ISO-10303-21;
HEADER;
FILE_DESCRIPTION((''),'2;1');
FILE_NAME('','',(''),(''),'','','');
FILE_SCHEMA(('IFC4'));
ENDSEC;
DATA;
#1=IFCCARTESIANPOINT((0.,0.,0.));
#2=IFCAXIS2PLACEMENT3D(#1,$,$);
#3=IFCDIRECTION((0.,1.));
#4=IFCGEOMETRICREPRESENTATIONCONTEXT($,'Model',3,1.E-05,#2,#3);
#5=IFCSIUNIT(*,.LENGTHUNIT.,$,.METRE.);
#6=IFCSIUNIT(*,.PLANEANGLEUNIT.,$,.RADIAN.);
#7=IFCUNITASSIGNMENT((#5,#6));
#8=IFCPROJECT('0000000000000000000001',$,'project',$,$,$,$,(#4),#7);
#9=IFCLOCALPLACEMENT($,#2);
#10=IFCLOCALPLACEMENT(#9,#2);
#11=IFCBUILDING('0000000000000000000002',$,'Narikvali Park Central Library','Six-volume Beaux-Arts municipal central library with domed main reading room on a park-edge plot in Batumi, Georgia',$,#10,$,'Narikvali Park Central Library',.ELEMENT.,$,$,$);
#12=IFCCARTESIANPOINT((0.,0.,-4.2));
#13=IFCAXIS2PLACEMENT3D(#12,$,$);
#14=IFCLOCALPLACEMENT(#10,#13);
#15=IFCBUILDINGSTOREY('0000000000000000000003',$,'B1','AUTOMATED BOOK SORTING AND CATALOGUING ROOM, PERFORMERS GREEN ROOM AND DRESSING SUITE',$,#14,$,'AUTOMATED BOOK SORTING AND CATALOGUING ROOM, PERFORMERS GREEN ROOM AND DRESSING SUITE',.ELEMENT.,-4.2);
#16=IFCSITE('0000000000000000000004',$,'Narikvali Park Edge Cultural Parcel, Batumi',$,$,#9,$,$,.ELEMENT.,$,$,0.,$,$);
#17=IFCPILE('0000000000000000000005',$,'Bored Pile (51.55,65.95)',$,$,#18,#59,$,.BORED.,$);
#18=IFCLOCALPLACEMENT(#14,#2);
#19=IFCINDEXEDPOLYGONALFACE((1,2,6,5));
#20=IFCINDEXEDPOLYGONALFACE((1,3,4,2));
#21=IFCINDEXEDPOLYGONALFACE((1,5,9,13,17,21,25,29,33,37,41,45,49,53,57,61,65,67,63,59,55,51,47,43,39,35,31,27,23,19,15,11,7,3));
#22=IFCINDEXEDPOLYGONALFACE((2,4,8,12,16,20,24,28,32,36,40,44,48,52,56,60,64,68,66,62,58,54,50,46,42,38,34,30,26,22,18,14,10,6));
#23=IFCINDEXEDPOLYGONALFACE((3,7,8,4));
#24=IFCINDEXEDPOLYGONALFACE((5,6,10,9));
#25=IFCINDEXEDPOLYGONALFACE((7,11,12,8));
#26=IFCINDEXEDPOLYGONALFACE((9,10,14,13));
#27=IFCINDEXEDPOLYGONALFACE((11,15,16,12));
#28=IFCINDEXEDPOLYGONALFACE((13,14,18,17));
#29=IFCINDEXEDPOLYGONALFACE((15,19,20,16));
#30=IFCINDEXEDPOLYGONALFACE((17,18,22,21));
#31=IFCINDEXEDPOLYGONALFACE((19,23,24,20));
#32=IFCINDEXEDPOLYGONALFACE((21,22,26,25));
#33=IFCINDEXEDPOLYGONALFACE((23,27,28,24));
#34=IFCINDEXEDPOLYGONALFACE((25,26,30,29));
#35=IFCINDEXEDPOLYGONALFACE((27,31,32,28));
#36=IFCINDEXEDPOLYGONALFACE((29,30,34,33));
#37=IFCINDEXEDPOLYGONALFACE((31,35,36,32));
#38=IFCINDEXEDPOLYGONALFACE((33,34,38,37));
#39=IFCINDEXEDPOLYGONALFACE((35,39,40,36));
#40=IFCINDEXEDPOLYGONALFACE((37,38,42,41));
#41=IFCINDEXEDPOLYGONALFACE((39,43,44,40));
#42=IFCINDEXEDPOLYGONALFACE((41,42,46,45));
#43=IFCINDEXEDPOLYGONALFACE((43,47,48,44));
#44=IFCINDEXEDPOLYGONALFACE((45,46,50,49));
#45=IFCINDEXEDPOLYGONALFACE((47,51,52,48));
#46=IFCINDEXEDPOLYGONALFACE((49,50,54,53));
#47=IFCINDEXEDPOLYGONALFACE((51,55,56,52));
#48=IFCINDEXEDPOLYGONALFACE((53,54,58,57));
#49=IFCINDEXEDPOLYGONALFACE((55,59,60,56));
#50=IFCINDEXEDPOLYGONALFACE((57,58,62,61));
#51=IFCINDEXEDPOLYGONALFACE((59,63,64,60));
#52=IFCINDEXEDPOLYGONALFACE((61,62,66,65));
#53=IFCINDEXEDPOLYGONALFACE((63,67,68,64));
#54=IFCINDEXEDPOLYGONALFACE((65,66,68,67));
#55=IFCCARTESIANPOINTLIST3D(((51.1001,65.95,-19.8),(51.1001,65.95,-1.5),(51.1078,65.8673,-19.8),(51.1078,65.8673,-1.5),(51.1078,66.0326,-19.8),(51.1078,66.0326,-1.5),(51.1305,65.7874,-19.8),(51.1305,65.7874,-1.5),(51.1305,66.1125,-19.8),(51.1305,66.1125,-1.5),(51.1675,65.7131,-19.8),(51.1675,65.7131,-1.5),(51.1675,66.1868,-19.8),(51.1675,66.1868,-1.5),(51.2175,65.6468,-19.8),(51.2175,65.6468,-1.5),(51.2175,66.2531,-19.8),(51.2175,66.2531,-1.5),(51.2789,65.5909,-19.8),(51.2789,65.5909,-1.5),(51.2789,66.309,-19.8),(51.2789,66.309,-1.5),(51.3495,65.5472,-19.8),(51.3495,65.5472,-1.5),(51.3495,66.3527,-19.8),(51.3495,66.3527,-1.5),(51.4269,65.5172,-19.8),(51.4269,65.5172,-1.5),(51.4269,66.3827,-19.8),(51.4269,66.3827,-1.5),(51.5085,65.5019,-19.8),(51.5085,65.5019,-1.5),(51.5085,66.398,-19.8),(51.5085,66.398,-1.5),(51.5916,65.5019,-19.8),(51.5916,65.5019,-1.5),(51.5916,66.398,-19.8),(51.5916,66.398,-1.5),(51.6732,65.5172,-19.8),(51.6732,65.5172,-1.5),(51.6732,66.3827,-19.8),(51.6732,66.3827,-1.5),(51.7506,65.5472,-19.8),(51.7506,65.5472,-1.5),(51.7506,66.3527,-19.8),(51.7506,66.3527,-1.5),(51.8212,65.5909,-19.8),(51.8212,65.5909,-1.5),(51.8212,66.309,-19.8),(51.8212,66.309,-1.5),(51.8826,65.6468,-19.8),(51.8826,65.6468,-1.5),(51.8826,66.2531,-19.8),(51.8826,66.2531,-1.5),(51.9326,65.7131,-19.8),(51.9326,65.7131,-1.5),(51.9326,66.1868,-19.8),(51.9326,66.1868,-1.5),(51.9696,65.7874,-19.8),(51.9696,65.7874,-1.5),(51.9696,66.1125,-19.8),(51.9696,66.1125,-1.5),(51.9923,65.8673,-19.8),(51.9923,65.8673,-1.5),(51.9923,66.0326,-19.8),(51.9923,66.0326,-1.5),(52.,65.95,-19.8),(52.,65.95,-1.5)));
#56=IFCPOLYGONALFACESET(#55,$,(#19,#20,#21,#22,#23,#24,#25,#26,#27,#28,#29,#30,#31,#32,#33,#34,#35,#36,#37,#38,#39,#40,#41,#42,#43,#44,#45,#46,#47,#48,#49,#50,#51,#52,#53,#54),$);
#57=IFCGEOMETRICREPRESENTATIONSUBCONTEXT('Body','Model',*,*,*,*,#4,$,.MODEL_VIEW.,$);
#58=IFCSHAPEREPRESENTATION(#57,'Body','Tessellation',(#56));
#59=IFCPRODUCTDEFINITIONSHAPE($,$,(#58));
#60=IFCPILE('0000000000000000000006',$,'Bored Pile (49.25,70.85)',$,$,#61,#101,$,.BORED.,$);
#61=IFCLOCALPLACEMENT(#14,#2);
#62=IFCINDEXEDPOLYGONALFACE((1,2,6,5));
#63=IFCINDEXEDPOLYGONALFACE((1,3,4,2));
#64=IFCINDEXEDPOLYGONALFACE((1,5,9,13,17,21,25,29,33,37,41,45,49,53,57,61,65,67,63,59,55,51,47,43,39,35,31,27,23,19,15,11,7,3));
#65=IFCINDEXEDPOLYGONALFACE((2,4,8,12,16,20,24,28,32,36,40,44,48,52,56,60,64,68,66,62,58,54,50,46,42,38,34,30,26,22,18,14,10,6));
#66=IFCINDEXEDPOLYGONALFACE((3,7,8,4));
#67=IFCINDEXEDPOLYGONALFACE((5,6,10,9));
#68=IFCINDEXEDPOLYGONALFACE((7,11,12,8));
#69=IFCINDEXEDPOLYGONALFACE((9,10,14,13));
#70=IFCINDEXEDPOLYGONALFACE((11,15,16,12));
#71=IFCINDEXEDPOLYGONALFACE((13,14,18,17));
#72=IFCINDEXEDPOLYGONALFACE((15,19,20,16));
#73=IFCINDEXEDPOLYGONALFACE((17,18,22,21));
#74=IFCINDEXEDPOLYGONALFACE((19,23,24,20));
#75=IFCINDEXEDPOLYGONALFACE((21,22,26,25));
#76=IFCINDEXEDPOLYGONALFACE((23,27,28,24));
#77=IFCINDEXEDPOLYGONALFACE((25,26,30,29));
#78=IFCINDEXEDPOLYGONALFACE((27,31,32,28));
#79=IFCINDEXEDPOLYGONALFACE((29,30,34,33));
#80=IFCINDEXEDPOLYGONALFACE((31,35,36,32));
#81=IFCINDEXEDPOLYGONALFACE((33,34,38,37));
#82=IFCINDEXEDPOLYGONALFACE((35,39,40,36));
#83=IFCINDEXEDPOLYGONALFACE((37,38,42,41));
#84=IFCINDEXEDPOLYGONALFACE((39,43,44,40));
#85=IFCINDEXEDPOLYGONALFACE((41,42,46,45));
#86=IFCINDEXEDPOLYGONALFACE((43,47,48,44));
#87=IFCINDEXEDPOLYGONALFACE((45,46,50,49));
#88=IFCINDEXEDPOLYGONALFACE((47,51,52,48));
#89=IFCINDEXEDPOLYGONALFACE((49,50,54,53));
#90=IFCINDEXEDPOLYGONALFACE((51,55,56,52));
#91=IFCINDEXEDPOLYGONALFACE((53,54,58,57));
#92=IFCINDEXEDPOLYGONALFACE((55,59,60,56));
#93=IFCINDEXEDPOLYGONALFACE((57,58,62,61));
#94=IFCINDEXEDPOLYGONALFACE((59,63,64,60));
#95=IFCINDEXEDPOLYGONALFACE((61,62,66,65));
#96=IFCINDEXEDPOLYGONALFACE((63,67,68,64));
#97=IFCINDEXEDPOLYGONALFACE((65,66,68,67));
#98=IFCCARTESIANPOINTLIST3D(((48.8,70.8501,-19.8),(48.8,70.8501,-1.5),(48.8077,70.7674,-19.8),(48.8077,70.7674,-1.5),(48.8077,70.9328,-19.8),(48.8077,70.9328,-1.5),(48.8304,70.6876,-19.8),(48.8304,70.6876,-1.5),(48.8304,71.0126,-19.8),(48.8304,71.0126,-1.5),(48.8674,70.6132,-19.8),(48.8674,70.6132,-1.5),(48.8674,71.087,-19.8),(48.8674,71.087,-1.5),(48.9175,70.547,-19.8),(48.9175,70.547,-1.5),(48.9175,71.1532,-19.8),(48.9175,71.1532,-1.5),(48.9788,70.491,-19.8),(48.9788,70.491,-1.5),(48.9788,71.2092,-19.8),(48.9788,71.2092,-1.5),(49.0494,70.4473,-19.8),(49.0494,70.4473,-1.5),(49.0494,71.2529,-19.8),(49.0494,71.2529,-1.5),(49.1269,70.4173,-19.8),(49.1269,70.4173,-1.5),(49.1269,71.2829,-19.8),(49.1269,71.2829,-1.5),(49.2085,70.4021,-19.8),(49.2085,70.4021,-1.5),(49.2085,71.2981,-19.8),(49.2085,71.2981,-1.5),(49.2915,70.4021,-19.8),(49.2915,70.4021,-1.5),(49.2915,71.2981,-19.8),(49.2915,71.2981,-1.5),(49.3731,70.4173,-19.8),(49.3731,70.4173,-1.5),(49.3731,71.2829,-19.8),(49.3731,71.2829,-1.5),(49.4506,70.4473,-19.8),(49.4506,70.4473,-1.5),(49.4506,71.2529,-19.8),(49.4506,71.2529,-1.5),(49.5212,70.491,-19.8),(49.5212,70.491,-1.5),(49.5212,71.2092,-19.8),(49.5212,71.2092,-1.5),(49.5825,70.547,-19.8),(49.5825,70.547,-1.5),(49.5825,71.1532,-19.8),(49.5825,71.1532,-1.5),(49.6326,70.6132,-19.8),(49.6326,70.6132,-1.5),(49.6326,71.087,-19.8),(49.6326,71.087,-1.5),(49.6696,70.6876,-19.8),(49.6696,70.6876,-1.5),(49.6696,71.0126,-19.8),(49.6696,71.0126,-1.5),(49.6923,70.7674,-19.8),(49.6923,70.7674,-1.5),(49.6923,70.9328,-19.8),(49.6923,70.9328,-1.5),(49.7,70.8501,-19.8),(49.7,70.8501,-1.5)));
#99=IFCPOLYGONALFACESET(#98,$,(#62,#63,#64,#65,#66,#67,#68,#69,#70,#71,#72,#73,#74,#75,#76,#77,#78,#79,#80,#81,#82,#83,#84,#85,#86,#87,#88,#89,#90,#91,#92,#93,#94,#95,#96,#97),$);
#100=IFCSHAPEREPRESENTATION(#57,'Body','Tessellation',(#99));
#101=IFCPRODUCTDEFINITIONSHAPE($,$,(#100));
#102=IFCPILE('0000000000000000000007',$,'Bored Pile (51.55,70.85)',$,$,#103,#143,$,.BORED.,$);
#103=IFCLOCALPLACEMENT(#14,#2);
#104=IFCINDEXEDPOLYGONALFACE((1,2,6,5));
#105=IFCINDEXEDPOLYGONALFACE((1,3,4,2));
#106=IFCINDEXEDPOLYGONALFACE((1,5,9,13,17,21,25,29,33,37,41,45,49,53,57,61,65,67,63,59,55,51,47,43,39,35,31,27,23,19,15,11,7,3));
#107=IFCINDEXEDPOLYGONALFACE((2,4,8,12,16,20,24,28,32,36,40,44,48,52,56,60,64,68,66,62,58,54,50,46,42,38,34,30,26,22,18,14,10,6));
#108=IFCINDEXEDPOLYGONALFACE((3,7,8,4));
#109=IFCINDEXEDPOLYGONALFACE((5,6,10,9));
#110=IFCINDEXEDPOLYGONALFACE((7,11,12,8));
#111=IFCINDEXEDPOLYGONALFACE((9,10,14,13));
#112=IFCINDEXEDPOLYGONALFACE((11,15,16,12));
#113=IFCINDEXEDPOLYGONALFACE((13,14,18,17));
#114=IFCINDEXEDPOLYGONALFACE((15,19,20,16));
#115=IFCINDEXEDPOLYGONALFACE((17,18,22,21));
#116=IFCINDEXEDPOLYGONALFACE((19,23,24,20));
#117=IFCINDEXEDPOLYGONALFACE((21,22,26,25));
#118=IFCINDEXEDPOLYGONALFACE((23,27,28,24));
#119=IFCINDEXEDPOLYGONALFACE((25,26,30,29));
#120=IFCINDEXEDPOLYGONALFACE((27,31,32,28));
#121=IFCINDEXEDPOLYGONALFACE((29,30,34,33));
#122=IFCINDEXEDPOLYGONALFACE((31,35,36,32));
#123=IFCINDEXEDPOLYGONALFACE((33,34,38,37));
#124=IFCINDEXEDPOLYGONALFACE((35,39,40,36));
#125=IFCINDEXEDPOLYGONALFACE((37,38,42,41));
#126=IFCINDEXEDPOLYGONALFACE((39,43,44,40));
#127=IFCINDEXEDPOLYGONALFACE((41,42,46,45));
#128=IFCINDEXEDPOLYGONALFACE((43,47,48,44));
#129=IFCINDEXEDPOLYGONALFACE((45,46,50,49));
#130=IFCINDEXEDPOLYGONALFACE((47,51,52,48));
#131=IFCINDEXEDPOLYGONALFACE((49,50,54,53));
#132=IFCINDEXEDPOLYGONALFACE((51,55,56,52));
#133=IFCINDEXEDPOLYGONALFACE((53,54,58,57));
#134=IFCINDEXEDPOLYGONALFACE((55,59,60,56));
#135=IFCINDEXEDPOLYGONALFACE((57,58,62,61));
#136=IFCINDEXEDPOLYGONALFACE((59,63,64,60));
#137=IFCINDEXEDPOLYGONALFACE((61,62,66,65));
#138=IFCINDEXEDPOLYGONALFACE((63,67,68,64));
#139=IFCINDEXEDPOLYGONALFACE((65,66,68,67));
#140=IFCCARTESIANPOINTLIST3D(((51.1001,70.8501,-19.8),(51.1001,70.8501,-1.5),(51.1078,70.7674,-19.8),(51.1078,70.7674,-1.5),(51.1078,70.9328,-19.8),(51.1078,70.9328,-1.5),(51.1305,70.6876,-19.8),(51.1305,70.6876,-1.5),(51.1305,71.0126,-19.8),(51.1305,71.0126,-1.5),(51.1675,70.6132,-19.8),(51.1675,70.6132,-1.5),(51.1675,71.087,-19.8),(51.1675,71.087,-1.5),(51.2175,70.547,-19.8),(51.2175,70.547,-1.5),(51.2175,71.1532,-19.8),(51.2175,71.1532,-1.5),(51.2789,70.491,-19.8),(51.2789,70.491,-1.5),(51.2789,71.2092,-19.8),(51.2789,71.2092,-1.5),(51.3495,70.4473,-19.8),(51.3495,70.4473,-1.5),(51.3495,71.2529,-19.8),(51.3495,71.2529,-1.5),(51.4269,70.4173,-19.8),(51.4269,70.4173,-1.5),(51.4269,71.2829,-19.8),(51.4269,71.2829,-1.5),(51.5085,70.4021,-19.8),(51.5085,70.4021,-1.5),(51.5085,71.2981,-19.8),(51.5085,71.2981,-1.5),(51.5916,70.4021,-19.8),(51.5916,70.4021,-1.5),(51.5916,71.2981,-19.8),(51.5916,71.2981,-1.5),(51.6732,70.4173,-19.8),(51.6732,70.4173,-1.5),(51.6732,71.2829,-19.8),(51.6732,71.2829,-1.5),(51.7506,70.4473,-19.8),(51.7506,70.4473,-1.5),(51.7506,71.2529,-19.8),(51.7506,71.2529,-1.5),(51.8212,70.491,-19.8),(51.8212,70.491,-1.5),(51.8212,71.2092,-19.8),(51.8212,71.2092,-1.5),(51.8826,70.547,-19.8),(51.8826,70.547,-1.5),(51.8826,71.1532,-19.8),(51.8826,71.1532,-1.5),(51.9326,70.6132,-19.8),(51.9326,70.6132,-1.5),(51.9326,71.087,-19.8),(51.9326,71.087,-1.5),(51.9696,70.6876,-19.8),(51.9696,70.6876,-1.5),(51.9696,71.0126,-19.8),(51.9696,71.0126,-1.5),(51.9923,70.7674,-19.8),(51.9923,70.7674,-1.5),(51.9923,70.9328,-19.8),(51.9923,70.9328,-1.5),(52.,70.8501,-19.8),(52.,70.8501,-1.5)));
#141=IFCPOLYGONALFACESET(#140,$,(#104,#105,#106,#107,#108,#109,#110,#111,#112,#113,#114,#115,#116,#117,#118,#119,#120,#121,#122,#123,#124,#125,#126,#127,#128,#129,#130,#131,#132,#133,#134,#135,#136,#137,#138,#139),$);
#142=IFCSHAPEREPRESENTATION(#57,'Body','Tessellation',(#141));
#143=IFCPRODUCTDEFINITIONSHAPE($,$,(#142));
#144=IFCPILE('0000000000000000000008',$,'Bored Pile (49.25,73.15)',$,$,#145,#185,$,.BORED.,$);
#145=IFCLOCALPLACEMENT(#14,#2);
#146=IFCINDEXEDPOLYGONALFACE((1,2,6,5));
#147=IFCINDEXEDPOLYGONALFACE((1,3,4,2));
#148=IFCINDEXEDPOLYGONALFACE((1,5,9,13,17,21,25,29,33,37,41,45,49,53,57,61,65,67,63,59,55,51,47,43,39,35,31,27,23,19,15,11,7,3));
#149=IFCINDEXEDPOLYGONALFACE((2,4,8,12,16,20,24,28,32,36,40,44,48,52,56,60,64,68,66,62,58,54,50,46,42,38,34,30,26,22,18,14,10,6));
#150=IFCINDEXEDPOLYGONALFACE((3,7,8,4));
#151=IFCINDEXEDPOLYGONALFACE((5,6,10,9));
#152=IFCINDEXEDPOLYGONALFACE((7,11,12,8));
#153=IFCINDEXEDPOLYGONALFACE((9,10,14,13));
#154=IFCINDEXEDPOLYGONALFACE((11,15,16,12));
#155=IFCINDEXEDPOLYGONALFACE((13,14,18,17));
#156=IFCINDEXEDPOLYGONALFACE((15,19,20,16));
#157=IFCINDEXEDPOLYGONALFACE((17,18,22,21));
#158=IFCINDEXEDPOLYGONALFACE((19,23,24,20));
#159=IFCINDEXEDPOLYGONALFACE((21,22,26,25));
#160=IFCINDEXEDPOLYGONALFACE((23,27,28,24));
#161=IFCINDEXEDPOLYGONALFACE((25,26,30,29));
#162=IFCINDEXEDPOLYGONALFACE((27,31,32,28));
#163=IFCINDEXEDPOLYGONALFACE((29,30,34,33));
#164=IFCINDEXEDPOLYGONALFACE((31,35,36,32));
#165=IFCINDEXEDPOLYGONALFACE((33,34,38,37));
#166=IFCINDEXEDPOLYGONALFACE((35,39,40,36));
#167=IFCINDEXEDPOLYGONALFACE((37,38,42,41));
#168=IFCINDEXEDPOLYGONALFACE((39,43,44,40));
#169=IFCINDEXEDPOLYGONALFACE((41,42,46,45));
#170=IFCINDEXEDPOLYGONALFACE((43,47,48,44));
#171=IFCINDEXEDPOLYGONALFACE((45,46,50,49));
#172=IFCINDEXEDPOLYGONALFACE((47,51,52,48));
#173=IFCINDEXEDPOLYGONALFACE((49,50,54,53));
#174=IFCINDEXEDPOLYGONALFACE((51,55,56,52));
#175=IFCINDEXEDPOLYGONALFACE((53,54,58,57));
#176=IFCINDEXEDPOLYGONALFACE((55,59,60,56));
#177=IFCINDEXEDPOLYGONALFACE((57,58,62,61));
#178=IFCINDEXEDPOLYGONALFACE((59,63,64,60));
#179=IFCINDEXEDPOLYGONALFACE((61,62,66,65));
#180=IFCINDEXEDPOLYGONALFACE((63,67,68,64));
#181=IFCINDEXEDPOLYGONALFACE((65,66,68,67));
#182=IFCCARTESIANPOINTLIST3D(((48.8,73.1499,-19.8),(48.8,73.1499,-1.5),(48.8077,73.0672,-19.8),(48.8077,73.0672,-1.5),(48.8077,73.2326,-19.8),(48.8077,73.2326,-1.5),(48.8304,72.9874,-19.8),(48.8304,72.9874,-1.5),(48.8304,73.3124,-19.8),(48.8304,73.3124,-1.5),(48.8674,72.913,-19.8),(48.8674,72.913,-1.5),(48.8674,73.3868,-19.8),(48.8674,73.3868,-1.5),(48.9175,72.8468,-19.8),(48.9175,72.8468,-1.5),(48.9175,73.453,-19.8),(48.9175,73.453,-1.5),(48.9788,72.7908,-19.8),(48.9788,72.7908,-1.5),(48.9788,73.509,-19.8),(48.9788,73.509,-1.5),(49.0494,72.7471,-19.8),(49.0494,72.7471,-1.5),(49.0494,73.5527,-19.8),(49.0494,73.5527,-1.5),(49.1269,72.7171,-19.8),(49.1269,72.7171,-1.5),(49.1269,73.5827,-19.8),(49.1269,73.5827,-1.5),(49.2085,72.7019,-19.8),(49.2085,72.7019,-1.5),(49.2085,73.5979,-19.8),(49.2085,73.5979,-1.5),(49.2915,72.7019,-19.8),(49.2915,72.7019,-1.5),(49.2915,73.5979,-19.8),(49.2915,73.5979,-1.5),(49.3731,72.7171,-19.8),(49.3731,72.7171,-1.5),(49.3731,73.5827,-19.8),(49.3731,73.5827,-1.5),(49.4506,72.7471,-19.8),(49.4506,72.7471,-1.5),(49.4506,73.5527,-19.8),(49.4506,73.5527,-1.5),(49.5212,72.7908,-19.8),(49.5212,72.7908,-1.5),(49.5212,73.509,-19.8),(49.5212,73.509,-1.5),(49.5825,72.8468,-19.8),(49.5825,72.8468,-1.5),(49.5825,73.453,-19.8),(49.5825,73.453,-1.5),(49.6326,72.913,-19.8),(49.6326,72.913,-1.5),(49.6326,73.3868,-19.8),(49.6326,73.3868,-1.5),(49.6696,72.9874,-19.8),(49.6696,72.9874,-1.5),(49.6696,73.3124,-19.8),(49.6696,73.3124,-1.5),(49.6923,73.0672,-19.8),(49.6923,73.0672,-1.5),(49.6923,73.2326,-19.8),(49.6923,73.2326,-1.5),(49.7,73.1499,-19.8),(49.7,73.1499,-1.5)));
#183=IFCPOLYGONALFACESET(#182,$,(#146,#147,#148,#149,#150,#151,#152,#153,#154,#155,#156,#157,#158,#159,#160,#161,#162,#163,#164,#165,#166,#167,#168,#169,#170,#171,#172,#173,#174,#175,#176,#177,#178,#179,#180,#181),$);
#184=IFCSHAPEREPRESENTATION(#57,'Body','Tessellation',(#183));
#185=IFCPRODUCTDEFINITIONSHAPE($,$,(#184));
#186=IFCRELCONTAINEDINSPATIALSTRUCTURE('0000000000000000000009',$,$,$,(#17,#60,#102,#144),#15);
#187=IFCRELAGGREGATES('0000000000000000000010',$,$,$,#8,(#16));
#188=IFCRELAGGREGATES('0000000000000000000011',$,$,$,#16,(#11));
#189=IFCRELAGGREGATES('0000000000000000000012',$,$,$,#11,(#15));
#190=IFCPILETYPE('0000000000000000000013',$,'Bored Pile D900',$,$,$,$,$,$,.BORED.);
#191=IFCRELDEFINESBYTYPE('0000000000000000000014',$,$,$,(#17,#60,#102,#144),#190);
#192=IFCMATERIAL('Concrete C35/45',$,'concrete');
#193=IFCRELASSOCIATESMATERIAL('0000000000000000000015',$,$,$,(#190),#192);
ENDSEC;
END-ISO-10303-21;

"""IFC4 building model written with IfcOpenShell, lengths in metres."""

from ifc_helpers import new_model, si_unit, direction, frame, origin, origin_2d, place, context, subcontext, project, spatial, circle, extrude, material, material_profile, profile_set, type_object, element, save


model = new_model("IFC4")

# Units and contexts
model_context = context("Model", 3, precision=1e-05, world=origin(), true_north=direction((0.0, 1.0)))
body_context = subcontext(model_context, "Body", "Model", "MODEL_VIEW")
ifc_project = project(units=[si_unit("LENGTHUNIT", "METRE"), si_unit("PLANEANGLEUNIT", "RADIAN")], contexts=[model_context])

# Site, building, storey
site_placement = place(None, origin())
site = spatial("IfcSite", under=ifc_project, at=site_placement, Name="Narikvali Park Edge Cultural Parcel, Batumi", CompositionType="ELEMENT", RefElevation=0.0)
building_placement = place(site_placement, origin())
building = spatial("IfcBuilding", under=site, at=building_placement, Name="Narikvali Park Central Library", Description="Six-volume Beaux-Arts municipal central library with domed main reading room on a park-edge plot in Batumi, Georgia", LongName="Narikvali Park Central Library", CompositionType="ELEMENT")
storey_placement = place(building_placement, frame((0.0, 0.0, -4.2)))
storey = spatial("IfcBuildingStorey", under=building, at=storey_placement, Name="B1", Description="AUTOMATED BOOK SORTING AND CATALOGUING ROOM, PERFORMERS GREEN ROOM AND DRESSING SUITE", LongName="AUTOMATED BOOK SORTING AND CATALOGUING ROOM, PERFORMERS GREEN ROOM AND DRESSING SUITE", CompositionType="ELEMENT", Elevation=-4.2)

# Piles
ifc_material_1 = material(Name="Concrete C35/45", Category="concrete")
ifc_material_profile_1 = material_profile(ifc_material_1, circle(Radius=0.45, at=origin_2d()), Name="PILE D900")
ifc_profile_set_1 = profile_set([ifc_material_profile_1], Name="Concrete C35/45")
pile_type = type_object("IfcPileType", Name="Bored Pile D900", PredefinedType="BORED", material=ifc_profile_set_1)
for number, where, z_axis, x_axis, name in (
    (1, (51.55, 65.95, -1.5), (0.0, 0.0, -1.0), (1.0, 0.0, 0.0), "Bored Pile (51.55,65.95)"),
    (2, (49.25, 70.8501, -1.5), (0.0, 0.0, -1.0), (1.0, 0.0, 0.0), "Bored Pile (49.25,70.85)"),
    (3, (51.55, 70.8501, -1.5), (0.0, 0.0, -1.0), (1.0, 0.0, 0.0), "Bored Pile (51.55,70.85)"),
    (4, (49.25, 73.1499, -1.5), (0.0, 0.0, -1.0), (1.0, 0.0, 0.0), "Bored Pile (49.25,73.15)"),
):
    element("IfcPile", number, at=place(storey_placement, frame(where, z_axis=z_axis, x_axis=x_axis)), inside=storey, type_object=pile_type, Name=name, PredefinedType="BORED", context=body_context, shape_type="SweptSolid", body=[
        extrude(circle(Radius=0.45, at=origin_2d()), origin(), (0.0, 0.0, 1.0), 18.3),
    ])

save(model, "model.ifc")
